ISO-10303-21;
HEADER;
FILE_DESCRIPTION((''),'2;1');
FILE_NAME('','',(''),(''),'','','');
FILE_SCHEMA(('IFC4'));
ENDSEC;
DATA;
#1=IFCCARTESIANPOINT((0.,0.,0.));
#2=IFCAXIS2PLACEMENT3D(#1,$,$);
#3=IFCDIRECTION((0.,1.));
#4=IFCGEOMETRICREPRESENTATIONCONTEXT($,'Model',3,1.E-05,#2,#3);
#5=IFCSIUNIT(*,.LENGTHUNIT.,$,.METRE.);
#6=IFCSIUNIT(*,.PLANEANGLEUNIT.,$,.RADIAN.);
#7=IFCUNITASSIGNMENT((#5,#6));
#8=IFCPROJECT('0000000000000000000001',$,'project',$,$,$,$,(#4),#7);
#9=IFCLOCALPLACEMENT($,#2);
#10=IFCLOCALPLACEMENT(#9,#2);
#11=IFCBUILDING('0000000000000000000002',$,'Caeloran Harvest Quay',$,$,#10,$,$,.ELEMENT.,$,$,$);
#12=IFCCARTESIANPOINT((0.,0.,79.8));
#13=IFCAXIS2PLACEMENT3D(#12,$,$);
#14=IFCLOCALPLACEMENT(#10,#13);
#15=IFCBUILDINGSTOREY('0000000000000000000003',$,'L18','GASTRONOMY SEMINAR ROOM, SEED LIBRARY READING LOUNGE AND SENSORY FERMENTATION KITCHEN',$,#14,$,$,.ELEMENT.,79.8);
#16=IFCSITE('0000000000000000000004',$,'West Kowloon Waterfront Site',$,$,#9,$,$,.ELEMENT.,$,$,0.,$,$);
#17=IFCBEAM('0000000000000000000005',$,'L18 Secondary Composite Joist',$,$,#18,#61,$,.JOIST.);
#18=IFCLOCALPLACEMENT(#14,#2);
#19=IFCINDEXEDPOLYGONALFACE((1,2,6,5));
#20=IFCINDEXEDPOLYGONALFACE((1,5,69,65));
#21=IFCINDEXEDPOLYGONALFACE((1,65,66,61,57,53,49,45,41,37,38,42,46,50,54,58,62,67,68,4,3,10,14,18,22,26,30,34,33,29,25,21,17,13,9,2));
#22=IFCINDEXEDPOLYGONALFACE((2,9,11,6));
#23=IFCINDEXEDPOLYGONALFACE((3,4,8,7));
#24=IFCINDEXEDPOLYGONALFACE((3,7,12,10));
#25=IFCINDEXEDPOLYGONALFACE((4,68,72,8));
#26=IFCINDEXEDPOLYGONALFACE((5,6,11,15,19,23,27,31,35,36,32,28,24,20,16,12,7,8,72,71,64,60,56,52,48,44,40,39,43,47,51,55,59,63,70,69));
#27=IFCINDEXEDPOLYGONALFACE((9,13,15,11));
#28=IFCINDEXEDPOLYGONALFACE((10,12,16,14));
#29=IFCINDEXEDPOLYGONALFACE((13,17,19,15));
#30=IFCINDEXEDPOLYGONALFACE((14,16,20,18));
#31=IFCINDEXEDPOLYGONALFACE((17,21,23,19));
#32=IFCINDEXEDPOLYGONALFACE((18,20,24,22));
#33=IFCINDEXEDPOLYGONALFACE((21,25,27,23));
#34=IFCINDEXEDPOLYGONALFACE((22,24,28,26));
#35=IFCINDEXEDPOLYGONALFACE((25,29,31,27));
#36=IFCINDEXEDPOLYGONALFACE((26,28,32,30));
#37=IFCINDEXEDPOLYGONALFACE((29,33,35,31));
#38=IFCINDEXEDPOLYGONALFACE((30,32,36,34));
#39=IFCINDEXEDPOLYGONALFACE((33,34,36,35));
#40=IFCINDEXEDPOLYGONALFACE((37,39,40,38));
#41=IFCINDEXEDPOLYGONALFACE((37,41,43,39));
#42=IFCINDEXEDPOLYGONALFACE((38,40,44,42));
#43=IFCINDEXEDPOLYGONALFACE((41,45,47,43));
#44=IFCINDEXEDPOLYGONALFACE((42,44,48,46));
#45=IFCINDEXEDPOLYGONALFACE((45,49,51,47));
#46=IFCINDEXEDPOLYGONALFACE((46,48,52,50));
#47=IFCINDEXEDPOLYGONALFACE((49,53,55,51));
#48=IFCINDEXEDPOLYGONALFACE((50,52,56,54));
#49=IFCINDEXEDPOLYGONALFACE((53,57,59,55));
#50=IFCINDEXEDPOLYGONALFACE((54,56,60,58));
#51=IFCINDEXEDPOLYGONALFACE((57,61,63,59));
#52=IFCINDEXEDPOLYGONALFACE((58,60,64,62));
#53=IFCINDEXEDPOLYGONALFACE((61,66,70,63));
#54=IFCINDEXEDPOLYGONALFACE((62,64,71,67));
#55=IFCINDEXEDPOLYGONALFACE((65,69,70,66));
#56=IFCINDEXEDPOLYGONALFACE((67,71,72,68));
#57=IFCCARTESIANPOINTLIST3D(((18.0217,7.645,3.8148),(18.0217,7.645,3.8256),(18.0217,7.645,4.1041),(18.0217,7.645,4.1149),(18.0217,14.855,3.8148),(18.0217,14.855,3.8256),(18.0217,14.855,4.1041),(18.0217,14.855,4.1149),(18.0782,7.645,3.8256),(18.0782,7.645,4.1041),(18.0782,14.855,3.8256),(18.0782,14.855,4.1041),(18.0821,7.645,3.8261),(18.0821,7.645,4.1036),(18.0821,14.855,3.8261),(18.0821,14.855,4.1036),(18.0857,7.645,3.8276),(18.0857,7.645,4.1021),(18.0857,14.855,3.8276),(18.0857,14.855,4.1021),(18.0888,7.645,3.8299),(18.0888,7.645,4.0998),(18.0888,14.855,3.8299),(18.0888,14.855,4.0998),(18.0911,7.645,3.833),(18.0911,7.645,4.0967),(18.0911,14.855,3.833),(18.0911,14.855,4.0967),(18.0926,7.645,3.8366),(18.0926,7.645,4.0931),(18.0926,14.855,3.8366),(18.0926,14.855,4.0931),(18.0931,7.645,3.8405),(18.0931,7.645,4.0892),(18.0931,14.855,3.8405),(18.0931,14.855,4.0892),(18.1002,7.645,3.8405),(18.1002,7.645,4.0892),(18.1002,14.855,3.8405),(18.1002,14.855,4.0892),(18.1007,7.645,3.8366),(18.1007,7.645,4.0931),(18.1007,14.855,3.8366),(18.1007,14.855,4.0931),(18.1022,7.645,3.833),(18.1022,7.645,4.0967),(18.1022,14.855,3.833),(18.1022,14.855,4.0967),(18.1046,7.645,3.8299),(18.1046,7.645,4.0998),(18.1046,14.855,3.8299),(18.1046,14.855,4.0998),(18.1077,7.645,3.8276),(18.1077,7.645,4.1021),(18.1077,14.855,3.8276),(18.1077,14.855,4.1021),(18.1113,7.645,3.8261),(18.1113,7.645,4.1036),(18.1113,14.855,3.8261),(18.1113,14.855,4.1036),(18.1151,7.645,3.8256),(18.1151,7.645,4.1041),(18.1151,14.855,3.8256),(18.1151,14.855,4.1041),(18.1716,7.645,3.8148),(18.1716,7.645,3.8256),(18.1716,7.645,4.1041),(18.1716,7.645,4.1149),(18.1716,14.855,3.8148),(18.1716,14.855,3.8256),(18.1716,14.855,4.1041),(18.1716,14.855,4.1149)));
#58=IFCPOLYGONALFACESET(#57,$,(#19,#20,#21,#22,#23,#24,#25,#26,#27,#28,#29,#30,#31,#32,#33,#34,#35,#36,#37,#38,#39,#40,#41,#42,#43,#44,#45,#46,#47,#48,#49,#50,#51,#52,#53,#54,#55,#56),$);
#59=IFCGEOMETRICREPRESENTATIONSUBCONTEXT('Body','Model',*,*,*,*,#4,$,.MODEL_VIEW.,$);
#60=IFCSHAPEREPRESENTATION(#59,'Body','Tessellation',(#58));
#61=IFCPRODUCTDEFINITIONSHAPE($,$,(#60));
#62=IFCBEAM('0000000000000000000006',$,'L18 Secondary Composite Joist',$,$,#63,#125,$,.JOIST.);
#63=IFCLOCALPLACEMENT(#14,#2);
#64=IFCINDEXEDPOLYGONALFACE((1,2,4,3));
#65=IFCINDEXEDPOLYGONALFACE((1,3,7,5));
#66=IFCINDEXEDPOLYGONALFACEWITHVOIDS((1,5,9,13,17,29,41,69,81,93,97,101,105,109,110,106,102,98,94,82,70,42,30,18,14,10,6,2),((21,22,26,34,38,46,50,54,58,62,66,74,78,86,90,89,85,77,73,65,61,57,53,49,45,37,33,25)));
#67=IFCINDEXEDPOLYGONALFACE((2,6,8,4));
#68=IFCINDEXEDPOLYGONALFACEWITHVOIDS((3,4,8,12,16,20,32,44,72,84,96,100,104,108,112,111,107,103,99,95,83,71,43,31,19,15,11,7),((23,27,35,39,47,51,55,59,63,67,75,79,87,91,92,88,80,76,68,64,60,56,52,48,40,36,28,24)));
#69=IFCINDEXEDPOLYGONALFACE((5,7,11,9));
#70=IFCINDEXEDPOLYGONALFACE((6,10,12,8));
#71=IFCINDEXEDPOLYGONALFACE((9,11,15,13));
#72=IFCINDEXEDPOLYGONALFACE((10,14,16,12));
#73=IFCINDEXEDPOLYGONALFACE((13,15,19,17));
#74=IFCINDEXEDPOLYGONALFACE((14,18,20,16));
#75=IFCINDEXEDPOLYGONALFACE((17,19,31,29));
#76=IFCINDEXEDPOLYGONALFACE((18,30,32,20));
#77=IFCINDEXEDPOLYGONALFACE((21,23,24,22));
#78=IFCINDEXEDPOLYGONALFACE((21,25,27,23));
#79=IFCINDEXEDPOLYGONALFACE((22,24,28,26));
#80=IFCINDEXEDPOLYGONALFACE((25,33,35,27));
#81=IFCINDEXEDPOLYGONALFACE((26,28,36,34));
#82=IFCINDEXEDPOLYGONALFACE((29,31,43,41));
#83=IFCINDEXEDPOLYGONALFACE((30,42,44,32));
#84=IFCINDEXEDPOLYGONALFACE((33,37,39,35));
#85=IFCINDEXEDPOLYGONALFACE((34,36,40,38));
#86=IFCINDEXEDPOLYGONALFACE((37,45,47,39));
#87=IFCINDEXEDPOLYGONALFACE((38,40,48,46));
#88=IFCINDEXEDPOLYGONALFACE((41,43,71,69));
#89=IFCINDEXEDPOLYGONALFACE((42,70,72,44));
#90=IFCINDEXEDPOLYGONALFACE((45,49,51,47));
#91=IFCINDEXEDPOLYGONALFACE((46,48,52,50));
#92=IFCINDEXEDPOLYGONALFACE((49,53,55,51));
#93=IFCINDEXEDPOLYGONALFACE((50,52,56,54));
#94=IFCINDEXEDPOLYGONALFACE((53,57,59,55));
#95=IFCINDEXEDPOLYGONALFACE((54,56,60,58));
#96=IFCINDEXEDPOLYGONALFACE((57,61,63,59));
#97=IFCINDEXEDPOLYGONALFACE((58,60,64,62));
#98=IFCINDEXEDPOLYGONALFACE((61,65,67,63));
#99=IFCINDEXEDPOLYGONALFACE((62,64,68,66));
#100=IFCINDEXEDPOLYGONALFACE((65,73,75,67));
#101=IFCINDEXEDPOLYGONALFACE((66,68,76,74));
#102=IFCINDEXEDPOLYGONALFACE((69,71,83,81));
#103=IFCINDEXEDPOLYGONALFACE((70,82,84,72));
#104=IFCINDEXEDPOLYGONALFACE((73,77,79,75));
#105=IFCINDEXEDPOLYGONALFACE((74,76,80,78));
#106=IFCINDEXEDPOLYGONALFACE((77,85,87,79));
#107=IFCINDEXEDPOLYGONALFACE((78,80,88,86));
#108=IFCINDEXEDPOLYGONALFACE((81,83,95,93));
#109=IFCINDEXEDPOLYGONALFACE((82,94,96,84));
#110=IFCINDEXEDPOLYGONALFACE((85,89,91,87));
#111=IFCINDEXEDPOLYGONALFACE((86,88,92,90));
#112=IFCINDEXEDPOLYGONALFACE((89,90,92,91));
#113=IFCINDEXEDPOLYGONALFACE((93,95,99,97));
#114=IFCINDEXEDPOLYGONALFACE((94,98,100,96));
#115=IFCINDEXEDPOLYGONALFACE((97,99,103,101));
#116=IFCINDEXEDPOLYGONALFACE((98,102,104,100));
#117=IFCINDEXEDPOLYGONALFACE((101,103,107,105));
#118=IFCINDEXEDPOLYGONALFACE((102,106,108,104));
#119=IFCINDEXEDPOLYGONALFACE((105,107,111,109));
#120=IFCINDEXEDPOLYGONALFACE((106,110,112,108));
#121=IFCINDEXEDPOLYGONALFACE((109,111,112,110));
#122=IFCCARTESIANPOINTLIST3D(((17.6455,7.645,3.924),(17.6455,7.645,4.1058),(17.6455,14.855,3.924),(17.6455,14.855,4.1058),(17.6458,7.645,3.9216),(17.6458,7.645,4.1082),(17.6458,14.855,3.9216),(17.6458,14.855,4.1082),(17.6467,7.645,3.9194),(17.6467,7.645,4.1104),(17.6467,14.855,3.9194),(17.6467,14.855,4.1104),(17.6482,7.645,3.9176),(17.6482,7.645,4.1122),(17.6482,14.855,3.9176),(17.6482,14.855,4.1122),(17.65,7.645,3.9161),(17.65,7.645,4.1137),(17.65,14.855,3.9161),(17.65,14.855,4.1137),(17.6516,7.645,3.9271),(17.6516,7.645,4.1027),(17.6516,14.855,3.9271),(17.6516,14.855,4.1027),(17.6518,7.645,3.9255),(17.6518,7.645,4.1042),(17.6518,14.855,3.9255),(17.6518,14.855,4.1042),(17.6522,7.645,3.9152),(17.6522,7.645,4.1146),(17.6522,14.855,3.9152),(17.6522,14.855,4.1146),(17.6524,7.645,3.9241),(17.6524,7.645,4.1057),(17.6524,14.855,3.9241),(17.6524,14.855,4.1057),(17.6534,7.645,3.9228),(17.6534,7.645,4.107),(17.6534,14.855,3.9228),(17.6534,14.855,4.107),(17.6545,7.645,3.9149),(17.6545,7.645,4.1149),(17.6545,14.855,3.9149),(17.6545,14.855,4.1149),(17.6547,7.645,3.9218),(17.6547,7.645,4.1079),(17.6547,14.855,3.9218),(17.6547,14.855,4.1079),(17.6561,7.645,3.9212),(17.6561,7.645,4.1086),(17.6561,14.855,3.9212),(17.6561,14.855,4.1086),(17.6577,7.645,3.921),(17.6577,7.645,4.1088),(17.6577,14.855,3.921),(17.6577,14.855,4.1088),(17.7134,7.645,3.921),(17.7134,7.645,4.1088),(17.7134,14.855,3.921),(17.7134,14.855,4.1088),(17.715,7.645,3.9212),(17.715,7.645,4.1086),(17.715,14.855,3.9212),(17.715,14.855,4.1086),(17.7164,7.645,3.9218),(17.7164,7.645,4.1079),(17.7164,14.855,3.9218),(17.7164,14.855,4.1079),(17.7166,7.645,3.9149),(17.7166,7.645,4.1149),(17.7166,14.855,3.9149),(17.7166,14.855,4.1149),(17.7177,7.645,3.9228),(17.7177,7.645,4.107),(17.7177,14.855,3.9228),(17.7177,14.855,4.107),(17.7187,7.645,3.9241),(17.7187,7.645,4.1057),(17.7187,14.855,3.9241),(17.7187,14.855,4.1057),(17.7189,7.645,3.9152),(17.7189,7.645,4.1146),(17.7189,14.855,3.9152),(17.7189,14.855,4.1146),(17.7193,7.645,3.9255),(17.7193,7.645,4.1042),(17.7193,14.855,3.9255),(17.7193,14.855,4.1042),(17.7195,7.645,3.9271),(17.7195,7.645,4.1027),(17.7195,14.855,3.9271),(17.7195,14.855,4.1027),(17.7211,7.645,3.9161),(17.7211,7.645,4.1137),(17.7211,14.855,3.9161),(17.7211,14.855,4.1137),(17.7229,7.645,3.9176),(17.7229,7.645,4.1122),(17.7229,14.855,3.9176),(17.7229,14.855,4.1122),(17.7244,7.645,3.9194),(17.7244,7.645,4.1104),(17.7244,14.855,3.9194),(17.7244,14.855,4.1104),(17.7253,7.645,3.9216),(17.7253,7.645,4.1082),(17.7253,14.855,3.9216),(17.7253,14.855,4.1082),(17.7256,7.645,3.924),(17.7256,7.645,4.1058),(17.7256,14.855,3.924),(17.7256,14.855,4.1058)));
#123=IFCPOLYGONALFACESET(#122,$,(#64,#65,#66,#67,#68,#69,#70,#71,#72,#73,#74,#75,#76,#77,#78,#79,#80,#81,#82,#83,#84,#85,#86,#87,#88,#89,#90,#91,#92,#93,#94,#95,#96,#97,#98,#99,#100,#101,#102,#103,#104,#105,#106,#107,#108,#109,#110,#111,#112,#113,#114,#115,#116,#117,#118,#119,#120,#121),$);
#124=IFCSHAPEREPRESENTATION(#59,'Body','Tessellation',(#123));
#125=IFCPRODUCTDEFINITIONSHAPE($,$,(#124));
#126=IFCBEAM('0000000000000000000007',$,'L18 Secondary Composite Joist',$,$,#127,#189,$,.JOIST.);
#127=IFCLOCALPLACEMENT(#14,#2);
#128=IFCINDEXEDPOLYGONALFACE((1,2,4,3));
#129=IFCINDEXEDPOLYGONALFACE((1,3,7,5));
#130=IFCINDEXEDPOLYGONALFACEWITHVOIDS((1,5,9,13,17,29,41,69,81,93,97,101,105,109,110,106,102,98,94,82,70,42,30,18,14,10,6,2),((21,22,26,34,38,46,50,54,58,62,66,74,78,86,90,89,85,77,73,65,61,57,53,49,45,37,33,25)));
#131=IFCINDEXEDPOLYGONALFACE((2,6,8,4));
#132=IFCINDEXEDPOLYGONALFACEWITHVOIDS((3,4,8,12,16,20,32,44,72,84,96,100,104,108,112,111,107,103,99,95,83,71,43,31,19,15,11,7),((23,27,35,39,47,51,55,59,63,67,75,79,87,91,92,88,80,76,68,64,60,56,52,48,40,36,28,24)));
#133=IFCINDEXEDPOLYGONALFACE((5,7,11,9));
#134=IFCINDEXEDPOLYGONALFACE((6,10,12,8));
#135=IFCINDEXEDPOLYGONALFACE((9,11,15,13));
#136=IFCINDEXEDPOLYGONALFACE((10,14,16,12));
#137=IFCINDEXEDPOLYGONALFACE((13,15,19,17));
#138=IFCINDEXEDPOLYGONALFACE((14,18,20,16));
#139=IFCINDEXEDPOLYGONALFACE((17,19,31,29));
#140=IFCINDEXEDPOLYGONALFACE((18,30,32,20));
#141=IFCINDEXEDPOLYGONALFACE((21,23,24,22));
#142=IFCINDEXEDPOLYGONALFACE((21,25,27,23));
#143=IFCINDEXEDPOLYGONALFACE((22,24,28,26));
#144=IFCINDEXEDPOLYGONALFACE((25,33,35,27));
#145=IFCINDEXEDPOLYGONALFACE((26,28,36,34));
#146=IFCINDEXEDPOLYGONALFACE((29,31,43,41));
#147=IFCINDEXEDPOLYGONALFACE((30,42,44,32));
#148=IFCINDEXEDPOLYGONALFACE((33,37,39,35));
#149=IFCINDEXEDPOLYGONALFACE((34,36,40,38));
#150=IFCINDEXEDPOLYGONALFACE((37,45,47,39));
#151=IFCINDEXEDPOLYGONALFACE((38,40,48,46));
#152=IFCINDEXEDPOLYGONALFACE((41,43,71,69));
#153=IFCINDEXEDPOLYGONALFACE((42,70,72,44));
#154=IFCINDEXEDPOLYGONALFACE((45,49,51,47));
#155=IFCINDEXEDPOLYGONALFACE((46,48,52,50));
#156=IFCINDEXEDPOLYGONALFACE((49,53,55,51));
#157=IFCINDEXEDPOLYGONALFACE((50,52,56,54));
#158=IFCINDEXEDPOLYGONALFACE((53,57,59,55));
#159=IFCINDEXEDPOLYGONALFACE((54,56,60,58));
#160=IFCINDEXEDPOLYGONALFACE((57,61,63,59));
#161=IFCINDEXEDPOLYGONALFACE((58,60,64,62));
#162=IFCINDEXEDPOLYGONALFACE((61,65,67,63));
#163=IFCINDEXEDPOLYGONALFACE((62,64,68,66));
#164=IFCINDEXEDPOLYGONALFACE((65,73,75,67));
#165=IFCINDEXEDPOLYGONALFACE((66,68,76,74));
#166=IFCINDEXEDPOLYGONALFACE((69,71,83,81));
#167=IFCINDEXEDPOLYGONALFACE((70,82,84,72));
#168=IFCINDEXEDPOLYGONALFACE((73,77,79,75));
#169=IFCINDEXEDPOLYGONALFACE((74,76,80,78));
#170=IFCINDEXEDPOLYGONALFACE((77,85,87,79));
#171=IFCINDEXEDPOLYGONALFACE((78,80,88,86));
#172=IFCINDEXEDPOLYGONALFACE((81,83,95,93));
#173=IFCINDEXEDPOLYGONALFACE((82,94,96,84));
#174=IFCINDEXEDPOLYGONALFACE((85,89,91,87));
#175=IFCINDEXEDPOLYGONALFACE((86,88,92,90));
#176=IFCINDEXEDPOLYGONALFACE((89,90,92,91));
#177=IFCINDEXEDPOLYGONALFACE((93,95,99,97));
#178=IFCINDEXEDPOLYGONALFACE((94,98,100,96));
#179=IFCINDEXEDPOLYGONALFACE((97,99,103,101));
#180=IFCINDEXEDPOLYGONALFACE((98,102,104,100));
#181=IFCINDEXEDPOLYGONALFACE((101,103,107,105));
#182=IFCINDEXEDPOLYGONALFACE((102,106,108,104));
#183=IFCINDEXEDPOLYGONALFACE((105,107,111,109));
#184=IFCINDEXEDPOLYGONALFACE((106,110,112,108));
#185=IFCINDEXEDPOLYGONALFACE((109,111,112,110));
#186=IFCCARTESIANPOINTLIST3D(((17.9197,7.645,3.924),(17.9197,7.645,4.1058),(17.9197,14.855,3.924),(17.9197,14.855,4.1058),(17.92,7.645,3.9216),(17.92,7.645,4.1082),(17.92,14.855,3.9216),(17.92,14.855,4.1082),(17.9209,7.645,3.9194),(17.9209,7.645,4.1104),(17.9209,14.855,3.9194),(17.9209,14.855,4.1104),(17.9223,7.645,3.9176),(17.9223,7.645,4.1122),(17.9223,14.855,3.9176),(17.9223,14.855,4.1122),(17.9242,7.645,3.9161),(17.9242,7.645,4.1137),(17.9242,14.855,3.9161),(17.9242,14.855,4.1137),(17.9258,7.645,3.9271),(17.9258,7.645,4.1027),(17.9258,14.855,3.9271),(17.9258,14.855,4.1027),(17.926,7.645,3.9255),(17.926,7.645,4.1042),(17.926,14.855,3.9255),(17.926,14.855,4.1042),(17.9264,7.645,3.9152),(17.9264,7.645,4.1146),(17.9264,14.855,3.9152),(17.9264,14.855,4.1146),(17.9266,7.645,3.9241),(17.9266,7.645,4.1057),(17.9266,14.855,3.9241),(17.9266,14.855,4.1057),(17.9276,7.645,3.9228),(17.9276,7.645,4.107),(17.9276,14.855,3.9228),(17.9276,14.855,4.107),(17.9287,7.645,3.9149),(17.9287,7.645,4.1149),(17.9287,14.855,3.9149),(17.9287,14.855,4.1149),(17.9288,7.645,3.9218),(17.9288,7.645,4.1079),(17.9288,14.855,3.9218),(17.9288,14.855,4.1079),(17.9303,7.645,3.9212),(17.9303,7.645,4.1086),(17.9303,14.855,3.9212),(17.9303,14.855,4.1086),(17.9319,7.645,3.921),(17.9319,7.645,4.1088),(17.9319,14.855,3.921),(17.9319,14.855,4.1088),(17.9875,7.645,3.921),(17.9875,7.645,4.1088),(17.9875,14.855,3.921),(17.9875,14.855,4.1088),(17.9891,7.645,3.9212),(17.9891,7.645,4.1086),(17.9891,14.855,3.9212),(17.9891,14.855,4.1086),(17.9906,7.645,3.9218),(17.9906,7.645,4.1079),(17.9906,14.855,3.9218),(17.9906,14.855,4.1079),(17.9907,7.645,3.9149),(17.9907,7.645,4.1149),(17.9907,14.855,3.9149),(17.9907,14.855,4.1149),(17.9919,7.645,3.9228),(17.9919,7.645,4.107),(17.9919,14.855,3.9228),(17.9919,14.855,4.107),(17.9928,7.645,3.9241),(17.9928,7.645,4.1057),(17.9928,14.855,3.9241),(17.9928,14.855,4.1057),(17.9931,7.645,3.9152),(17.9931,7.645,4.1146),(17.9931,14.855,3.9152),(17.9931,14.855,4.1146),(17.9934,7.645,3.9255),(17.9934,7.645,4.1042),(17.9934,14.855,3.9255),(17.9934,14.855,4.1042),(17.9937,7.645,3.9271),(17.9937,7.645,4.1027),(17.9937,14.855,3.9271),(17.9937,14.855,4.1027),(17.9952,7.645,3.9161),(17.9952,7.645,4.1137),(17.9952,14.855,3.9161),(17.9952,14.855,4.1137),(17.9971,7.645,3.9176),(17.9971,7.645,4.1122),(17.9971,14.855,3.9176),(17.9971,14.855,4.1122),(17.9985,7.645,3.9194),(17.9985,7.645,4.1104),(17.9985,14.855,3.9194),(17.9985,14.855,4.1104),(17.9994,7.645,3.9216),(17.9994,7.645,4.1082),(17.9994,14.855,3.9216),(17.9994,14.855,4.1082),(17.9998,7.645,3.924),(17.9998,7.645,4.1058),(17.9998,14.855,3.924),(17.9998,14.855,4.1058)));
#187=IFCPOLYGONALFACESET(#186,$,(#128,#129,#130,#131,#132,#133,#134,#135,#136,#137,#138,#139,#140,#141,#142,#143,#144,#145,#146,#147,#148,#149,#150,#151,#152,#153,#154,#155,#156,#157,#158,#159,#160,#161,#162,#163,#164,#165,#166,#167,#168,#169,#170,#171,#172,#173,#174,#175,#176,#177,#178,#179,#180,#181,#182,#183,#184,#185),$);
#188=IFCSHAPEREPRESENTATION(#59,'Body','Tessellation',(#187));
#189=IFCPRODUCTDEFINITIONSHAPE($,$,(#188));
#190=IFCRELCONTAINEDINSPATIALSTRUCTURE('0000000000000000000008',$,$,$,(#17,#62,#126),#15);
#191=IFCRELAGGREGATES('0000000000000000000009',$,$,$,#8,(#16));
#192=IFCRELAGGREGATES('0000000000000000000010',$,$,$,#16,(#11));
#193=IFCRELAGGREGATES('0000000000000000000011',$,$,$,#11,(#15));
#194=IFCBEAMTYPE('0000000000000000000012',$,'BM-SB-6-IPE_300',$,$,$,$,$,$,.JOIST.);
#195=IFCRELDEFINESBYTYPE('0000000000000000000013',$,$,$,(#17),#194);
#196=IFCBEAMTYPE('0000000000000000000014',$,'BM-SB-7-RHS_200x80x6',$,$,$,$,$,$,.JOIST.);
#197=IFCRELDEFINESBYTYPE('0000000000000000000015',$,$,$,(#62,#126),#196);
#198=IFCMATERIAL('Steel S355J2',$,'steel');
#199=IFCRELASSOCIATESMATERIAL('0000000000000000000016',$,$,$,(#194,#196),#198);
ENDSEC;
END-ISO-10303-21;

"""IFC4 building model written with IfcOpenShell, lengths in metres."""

from ifc_helpers import new_model, si_unit, direction, frame, origin, origin_2d, place, context, subcontext, project, spatial, hollow_rectangle, i_section, extrude, material, material_profile, profile_set, type_object, element, save


model = new_model("IFC4")

# Units and contexts
model_context = context("Model", 3, precision=1e-05, world=origin(), true_north=direction((0.0, 1.0)))
body_context = subcontext(model_context, "Body", "Model", "MODEL_VIEW")
ifc_project = project(units=[si_unit("LENGTHUNIT", "METRE"), si_unit("PLANEANGLEUNIT", "RADIAN")], contexts=[model_context])

# Site, building, storey
site_placement = place(None, origin())
site = spatial("IfcSite", under=ifc_project, at=site_placement, Name="West Kowloon Waterfront Site", CompositionType="ELEMENT", RefElevation=0.0)
building_placement = place(site_placement, origin())
building = spatial("IfcBuilding", under=site, at=building_placement, Name="Caeloran Harvest Quay", CompositionType="ELEMENT")
storey_placement = place(building_placement, frame((0.0, 0.0, 79.8)))
storey = spatial("IfcBuildingStorey", under=building, at=storey_placement, Name="L18", Description="GASTRONOMY SEMINAR ROOM, SEED LIBRARY READING LOUNGE AND SENSORY FERMENTATION KITCHEN", CompositionType="ELEMENT", Elevation=79.8)

# Beams
ifc_material_1 = material(Name="Steel S355J2", Category="steel")
ifc_material_profile_1 = material_profile(ifc_material_1, i_section(OverallWidth=0.1499, OverallDepth=0.3, WebThickness=0.0071, FlangeThickness=0.0107, FilletRadius=0.0149, at=origin_2d()), Name="IPE 300")
ifc_profile_set_1 = profile_set([ifc_material_profile_1], Name="Steel S355J2")
beam_type_1 = type_object("IfcBeamType", Name="BM-SB-6-IPE_300", PredefinedType="JOIST", material=ifc_profile_set_1)
for number, where, z_axis, x_axis, name in (
    (1, (18.0967, 7.645, 3.9648), (0.0, 1.0, 0.0), (-1.0, 0.0, 0.0), "L18 Secondary Composite Joist"),
):
    element("IfcBeam", number, at=place(storey_placement, frame(where, z_axis=z_axis, x_axis=x_axis)), inside=storey, type_object=beam_type_1, Name=name, PredefinedType="JOIST", context=body_context, shape_type="SweptSolid", body=[
        extrude(i_section(OverallWidth=0.1499, OverallDepth=0.3, WebThickness=0.0071, FlangeThickness=0.0107, FilletRadius=0.0149, at=origin_2d()), origin(), (0.0, 0.0, 1.0), 7.21),
    ])
ifc_material_profile_2 = material_profile(ifc_material_1, hollow_rectangle(XDim=0.0801, YDim=0.2, WallThickness=0.0061, InnerFilletRadius=0.0061, OuterFilletRadius=0.009, at=origin_2d()), Name="RHS 200x80x6")
ifc_profile_set_2 = profile_set([ifc_material_profile_2], Name="Steel S355J2")
beam_type_2 = type_object("IfcBeamType", Name="BM-SB-7-RHS_200x80x6", PredefinedType="JOIST", material=ifc_profile_set_2)
for number, where, z_axis, x_axis, name in (
    (2, (17.6855, 7.645, 4.0149), (0.0, 1.0, 0.0), (-1.0, 0.0, 0.0), "L18 Secondary Composite Joist"),
    (3, (17.9597, 7.645, 4.0149), (0.0, 1.0, 0.0), (-1.0, 0.0, 0.0), "L18 Secondary Composite Joist"),
):
    element("IfcBeam", number, at=place(storey_placement, frame(where, z_axis=z_axis, x_axis=x_axis)), inside=storey, type_object=beam_type_2, Name=name, PredefinedType="JOIST", context=body_context, shape_type="SweptSolid", body=[
        extrude(hollow_rectangle(XDim=0.0801, YDim=0.2, WallThickness=0.0061, InnerFilletRadius=0.0061, OuterFilletRadius=0.009, at=origin_2d()), origin(), (0.0, 0.0, 1.0), 7.21),
    ])

save(model, "model.ifc")
